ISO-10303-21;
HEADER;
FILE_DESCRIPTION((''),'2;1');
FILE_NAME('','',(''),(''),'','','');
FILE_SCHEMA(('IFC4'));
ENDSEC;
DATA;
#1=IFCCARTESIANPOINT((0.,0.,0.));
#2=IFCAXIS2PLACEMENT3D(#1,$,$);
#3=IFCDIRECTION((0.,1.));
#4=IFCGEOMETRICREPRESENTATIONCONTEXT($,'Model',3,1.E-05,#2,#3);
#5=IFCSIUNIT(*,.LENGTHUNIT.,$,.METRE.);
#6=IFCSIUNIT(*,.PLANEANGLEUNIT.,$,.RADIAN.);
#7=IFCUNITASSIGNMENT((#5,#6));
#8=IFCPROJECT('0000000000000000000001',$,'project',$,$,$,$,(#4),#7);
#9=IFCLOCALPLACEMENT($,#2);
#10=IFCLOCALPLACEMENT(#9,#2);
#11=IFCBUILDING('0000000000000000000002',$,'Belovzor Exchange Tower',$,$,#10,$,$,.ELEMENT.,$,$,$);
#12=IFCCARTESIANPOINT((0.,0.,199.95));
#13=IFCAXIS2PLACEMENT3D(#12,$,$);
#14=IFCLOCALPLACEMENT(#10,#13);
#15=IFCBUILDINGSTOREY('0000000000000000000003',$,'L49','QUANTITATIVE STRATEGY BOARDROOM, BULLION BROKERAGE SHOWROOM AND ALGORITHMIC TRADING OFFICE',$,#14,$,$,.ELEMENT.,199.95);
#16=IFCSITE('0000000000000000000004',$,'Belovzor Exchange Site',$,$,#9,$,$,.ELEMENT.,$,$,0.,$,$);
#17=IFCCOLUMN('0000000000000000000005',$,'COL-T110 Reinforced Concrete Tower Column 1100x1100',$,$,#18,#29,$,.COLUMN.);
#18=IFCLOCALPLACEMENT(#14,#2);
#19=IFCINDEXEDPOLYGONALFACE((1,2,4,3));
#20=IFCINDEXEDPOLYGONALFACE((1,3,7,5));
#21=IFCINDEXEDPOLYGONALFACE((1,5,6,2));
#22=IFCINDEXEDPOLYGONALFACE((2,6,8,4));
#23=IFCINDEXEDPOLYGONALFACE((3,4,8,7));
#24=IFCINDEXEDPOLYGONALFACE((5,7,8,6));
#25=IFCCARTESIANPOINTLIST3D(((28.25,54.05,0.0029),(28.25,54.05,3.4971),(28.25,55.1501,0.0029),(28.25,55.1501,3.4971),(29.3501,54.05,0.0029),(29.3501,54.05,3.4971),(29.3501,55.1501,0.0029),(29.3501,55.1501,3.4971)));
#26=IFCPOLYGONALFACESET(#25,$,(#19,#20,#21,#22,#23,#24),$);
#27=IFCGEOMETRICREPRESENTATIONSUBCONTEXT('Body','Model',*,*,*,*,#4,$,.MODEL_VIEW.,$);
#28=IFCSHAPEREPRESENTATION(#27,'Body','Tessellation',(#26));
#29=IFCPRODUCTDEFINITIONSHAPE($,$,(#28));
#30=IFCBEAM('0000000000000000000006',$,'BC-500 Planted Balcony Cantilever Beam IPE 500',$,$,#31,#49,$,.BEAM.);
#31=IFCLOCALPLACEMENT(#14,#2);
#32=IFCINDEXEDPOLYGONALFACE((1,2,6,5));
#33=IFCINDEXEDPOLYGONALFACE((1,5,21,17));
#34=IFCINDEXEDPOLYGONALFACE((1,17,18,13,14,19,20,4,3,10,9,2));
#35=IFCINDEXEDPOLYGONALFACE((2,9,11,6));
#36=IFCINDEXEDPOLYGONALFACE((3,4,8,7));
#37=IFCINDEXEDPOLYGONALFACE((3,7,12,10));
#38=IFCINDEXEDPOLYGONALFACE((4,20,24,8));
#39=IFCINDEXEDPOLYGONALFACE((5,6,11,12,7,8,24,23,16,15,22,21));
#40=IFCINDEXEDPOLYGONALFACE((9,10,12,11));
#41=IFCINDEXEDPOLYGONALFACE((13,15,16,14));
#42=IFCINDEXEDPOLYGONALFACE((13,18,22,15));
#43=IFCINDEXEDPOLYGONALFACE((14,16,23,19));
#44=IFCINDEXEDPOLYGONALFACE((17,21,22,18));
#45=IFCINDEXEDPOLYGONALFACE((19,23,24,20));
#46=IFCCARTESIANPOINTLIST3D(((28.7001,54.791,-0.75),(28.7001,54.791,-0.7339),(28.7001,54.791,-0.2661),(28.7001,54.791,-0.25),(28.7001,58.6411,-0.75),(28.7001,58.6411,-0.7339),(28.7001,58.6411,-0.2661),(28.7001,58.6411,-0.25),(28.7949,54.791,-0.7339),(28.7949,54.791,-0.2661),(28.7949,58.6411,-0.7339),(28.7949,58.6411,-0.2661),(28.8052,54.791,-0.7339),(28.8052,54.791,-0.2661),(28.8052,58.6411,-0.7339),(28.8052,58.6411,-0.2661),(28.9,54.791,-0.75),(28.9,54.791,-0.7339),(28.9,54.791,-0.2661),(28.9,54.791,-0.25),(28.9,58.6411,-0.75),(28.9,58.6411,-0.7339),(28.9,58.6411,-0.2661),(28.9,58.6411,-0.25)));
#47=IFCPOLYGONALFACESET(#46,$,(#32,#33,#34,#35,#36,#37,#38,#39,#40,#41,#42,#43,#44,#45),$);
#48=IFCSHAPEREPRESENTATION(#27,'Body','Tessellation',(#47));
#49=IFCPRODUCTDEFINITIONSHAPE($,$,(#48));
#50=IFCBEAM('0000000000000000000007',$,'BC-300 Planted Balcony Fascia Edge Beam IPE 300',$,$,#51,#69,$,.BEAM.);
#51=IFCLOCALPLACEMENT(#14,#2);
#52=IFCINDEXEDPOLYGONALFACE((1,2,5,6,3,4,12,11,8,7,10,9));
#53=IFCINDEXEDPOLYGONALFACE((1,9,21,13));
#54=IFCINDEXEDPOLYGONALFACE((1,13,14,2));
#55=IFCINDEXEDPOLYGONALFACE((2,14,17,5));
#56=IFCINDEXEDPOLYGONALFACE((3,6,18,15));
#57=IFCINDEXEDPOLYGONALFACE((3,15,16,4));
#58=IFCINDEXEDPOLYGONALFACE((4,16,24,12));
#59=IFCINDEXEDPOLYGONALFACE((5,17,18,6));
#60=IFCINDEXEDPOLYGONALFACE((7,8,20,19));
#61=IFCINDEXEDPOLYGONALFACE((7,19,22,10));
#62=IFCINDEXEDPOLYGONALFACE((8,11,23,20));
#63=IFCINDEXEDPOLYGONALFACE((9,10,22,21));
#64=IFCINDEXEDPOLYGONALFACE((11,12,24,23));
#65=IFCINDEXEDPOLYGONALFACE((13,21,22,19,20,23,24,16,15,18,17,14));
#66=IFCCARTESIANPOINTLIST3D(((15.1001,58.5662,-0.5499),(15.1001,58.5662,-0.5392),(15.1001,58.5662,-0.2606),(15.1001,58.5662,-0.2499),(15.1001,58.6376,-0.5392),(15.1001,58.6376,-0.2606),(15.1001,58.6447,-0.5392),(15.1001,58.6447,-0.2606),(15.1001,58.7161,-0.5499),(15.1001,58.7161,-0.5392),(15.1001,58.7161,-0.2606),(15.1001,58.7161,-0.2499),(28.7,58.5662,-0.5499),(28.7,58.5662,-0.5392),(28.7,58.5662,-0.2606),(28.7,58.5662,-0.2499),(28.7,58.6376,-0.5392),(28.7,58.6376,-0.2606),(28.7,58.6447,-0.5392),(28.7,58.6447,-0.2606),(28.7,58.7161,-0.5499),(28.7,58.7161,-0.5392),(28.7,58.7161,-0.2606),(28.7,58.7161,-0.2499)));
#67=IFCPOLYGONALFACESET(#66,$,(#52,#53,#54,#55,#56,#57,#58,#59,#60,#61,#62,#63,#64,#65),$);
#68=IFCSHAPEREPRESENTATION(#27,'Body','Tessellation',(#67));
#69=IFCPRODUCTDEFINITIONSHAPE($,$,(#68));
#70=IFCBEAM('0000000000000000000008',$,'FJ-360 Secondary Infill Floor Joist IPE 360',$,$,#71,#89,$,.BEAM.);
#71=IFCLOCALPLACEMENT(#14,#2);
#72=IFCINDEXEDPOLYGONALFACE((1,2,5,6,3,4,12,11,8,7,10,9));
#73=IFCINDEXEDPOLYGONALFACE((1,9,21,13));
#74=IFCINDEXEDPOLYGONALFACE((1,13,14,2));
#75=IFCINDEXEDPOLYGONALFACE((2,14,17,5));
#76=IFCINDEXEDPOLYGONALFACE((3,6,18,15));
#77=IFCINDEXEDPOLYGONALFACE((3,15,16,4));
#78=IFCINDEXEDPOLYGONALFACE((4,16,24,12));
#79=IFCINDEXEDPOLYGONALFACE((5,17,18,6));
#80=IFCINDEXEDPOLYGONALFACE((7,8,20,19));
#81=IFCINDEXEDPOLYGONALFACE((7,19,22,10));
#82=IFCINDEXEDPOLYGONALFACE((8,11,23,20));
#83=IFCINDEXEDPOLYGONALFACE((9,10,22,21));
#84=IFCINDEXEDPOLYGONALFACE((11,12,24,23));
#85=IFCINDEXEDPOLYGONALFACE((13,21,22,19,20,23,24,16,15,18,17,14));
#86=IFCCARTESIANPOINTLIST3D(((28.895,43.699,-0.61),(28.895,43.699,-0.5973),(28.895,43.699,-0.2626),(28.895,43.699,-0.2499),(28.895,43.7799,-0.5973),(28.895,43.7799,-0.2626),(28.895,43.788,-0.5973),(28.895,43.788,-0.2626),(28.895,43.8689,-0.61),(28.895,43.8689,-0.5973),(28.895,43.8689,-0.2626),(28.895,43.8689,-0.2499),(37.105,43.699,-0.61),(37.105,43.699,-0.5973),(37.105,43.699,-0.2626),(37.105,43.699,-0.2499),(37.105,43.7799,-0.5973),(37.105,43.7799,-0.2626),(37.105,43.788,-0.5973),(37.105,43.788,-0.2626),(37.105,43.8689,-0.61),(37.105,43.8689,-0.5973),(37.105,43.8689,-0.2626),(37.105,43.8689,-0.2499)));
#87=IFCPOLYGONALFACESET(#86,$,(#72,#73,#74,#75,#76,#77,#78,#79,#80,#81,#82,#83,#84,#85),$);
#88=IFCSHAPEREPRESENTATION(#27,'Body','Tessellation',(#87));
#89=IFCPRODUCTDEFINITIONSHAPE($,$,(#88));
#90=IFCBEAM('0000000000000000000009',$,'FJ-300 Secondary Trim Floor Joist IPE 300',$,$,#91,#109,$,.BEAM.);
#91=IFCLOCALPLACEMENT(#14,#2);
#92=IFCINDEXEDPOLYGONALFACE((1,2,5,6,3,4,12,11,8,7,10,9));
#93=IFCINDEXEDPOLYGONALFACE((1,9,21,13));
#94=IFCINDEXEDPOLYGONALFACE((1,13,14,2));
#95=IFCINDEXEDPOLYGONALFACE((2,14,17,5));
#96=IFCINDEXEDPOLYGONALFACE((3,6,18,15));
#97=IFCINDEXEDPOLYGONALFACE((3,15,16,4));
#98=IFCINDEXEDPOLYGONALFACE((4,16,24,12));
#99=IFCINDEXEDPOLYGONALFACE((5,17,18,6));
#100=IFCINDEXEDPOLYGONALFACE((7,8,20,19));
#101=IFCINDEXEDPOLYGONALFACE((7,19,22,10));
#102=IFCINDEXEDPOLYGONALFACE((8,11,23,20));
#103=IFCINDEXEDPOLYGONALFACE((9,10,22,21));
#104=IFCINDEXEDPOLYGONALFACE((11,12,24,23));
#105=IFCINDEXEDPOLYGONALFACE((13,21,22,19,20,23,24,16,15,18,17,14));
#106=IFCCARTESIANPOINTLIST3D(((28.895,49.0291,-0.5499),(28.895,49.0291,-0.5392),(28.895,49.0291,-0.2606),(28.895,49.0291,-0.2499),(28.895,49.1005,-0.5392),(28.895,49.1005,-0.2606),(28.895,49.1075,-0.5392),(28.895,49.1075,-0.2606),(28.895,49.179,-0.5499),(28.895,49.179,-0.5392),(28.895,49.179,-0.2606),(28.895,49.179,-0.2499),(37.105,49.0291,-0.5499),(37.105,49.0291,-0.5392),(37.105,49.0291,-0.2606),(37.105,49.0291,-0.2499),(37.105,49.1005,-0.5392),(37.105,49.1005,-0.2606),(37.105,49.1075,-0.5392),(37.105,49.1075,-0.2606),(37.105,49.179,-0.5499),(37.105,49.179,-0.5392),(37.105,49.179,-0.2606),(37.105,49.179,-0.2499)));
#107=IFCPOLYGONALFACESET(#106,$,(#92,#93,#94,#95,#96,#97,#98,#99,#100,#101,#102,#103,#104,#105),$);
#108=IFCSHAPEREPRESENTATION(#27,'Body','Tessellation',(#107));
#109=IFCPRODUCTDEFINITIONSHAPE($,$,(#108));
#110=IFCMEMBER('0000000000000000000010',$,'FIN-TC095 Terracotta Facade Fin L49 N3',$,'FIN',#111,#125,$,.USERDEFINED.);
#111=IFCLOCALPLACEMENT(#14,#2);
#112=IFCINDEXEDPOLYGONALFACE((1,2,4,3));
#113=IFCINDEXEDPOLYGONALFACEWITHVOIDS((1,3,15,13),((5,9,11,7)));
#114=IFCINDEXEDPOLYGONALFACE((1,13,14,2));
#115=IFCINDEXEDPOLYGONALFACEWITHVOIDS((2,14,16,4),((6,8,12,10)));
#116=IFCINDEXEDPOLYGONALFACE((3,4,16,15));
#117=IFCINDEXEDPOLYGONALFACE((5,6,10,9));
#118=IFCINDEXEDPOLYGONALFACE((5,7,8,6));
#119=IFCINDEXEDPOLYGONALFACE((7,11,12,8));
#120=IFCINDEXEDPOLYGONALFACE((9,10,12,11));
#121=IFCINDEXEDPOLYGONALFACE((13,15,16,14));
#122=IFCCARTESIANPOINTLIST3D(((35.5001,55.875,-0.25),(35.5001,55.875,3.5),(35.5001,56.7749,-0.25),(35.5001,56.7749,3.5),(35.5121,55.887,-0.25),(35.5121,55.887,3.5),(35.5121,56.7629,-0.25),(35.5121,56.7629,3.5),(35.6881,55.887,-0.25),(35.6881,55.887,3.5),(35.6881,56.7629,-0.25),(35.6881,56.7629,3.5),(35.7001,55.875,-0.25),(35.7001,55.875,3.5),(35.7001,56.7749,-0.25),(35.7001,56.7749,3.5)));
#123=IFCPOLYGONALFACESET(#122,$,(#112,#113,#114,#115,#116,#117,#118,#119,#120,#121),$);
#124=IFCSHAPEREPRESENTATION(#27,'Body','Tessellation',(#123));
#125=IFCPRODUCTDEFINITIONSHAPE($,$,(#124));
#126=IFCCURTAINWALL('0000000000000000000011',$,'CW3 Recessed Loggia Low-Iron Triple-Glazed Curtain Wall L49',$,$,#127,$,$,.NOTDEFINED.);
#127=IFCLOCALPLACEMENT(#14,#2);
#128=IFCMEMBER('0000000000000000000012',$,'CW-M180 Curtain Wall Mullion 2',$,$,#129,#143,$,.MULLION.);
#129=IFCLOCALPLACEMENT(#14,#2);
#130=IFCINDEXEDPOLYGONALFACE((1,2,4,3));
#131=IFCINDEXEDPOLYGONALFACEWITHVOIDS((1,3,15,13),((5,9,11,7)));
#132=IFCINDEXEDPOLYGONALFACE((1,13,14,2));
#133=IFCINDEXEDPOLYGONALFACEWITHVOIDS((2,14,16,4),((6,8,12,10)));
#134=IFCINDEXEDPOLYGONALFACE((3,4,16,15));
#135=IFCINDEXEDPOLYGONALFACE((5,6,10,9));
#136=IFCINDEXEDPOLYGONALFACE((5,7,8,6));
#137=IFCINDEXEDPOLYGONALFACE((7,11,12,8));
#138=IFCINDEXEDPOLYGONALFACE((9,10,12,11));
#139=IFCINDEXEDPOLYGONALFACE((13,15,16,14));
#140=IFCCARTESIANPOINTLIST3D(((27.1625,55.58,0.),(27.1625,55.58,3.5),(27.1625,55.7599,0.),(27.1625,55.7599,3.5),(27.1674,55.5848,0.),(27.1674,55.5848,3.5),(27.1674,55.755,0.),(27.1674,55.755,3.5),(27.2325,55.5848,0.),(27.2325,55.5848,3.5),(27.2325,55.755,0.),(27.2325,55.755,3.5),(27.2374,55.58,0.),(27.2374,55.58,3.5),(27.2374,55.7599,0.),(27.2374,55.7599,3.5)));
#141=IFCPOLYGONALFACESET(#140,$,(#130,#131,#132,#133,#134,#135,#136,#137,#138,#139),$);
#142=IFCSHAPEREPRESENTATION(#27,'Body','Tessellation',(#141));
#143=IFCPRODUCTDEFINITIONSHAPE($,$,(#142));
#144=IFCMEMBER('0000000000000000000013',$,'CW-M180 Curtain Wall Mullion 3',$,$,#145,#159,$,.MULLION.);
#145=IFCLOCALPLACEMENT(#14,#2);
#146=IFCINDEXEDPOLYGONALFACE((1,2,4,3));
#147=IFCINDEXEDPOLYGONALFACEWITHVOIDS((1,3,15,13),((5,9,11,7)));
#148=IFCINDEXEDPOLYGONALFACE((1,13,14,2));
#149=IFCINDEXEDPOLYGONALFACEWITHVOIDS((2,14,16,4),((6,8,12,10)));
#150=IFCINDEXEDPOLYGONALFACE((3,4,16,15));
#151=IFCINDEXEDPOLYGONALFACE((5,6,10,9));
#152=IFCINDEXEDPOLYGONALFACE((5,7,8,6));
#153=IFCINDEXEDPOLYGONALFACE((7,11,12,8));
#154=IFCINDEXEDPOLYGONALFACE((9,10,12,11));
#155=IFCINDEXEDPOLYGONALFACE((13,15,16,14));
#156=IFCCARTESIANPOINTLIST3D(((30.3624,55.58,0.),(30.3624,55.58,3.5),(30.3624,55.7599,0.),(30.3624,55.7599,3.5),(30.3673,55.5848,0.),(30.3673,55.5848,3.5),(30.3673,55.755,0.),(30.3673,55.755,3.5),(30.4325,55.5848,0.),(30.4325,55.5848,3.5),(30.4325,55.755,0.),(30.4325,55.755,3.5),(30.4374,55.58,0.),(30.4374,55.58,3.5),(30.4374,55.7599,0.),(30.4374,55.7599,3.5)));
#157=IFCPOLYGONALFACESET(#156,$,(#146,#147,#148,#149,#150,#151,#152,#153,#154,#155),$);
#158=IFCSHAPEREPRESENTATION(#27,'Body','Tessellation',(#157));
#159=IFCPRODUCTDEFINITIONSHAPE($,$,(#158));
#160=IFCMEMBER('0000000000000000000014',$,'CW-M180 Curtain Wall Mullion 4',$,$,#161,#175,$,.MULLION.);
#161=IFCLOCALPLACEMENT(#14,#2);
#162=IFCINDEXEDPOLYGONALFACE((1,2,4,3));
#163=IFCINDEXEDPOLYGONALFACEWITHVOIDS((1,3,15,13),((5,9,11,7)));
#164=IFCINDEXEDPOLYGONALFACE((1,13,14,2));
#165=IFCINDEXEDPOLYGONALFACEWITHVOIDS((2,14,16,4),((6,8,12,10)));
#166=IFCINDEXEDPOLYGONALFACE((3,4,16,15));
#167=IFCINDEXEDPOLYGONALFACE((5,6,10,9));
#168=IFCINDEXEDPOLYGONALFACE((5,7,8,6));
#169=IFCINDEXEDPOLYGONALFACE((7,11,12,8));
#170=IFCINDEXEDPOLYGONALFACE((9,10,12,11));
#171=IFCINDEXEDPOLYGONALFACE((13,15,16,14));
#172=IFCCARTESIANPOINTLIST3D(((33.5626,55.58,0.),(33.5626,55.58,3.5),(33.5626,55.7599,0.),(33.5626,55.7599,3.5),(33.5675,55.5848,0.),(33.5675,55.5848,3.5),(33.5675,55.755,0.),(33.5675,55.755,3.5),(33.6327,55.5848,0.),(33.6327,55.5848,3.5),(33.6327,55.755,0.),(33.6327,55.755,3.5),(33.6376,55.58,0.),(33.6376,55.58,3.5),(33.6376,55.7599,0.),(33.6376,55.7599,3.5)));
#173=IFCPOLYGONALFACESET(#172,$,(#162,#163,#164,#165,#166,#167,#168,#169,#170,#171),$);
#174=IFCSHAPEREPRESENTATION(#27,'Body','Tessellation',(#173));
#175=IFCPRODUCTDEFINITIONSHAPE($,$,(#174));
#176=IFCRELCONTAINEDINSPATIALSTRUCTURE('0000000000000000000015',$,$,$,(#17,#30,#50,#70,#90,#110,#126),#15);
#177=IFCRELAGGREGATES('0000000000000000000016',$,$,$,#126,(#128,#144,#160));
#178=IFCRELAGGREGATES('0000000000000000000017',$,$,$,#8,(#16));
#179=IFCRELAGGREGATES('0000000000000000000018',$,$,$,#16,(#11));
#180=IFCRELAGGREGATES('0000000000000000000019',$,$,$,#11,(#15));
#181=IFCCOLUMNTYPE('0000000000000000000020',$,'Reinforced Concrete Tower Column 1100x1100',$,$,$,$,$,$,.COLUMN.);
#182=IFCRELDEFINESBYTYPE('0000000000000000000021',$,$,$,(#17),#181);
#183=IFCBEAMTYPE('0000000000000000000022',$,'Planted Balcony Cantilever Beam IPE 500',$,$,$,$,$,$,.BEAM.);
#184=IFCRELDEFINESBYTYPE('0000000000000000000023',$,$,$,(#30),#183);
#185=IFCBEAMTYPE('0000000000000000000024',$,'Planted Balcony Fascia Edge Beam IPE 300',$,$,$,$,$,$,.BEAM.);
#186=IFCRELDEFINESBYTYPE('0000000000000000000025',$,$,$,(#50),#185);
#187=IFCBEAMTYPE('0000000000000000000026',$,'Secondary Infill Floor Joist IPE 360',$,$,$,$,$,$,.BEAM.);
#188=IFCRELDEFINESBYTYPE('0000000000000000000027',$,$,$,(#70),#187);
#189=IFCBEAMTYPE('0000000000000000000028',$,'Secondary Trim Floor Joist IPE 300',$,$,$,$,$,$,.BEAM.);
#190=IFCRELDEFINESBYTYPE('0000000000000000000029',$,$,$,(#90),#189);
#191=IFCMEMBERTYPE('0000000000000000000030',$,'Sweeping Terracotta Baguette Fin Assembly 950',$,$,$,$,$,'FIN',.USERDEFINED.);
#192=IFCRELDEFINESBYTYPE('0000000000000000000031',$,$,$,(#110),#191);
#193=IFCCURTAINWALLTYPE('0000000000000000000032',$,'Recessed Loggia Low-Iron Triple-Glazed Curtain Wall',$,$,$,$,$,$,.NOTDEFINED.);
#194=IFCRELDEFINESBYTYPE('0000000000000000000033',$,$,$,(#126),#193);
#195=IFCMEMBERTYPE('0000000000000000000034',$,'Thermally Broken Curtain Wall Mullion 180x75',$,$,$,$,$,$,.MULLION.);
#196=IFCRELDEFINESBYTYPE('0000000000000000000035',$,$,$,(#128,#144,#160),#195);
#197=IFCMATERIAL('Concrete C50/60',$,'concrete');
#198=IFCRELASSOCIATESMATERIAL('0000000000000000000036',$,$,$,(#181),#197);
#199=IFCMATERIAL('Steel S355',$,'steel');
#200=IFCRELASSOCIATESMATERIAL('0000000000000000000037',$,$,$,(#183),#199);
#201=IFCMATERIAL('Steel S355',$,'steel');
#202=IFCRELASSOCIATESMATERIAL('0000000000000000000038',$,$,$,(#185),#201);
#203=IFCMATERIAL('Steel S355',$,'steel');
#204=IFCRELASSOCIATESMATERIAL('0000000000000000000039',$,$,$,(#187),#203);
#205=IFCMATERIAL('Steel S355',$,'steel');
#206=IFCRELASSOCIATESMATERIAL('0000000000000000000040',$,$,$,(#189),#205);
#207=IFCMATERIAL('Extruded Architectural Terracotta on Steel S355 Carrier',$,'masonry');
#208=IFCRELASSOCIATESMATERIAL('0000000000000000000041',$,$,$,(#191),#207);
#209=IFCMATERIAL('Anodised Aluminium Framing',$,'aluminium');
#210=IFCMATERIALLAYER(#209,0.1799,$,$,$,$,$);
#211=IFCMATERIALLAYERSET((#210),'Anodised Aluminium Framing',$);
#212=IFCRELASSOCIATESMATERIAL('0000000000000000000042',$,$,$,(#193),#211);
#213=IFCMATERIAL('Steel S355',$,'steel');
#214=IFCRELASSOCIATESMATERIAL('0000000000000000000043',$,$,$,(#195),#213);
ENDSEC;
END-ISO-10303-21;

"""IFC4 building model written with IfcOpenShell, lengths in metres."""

from ifc_helpers import new_model, si_unit, direction, frame, origin, origin_2d, place, context, subcontext, project, spatial, rectangle, hollow_rectangle, i_section, extrude, material, layer, layer_set, material_profile, profile_set, type_object, element, aggregate, save


model = new_model("IFC4")

# Units and contexts
model_context = context("Model", 3, precision=1e-05, world=origin(), true_north=direction((0.0, 1.0)))
body_context = subcontext(model_context, "Body", "Model", "MODEL_VIEW")
ifc_project = project(units=[si_unit("LENGTHUNIT", "METRE"), si_unit("PLANEANGLEUNIT", "RADIAN")], contexts=[model_context])

# Site, building, storey
site_placement = place(None, origin())
site = spatial("IfcSite", under=ifc_project, at=site_placement, Name="Belovzor Exchange Site", CompositionType="ELEMENT", RefElevation=0.0)
building_placement = place(site_placement, origin())
building = spatial("IfcBuilding", under=site, at=building_placement, Name="Belovzor Exchange Tower", CompositionType="ELEMENT")
storey_placement = place(building_placement, frame((0.0, 0.0, 199.95)))
storey = spatial("IfcBuildingStorey", under=building, at=storey_placement, Name="L49", Description="QUANTITATIVE STRATEGY BOARDROOM, BULLION BROKERAGE SHOWROOM AND ALGORITHMIC TRADING OFFICE", CompositionType="ELEMENT", Elevation=199.95)

# Column
ifc_material_1 = material(Name="Concrete C50/60", Category="concrete")
ifc_material_profile_1 = material_profile(ifc_material_1, rectangle(XDim=1.1001, YDim=1.1001, at=origin_2d()))
ifc_profile_set_1 = profile_set([ifc_material_profile_1], Name="Concrete C50/60")
column_type = type_object("IfcColumnType", Name="Reinforced Concrete Tower Column 1100x1100", PredefinedType="COLUMN", material=ifc_profile_set_1)
column_placement = place(storey_placement, frame((28.8, 54.6001, 0.0029), z_axis=(0.0, 0.0, 1.0), x_axis=(1.0, 0.0, 0.0)))
element("IfcColumn", 1, at=column_placement, inside=storey, type_object=column_type, Name="COL-T110 Reinforced Concrete Tower Column 1100x1100", PredefinedType="COLUMN", context=body_context, shape_type="SweptSolid", body=[
    extrude(rectangle(XDim=1.1001, YDim=1.1001, at=origin_2d()), origin(), (0.0, 0.0, 1.0), 3.4941),
])

# Beams
ifc_material_2 = material(Name="Steel S355", Category="steel")
ifc_material_profile_2 = material_profile(ifc_material_2, i_section(OverallWidth=0.2, OverallDepth=0.5, WebThickness=0.0103, FlangeThickness=0.0161, at=origin_2d()))
ifc_profile_set_2 = profile_set([ifc_material_profile_2], Name="Steel S355")
beam_type_1 = type_object("IfcBeamType", Name="Planted Balcony Cantilever Beam IPE 500", PredefinedType="BEAM", material=ifc_profile_set_2)
beam_1_placement = place(storey_placement, frame((28.8, 54.791, -0.5), z_axis=(0.0, 1.0, 0.0), x_axis=(-1.0, 0.0, 0.0)))
element("IfcBeam", 2, at=beam_1_placement, inside=storey, type_object=beam_type_1, Name="BC-500 Planted Balcony Cantilever Beam IPE 500", PredefinedType="BEAM", context=body_context, shape_type="SweptSolid", body=[
    extrude(i_section(OverallWidth=0.2, OverallDepth=0.5, WebThickness=0.0103, FlangeThickness=0.0161, at=origin_2d()), origin(), (0.0, 0.0, 1.0), 3.8501),
])
ifc_material_3 = material(Name="Steel S355", Category="steel")
ifc_material_profile_3 = material_profile(ifc_material_3, i_section(OverallWidth=0.1499, OverallDepth=0.3, WebThickness=0.0071, FlangeThickness=0.0107, at=origin_2d()))
ifc_profile_set_3 = profile_set([ifc_material_profile_3], Name="Steel S355")
beam_type_2 = type_object("IfcBeamType", Name="Planted Balcony Fascia Edge Beam IPE 300", PredefinedType="BEAM", material=ifc_profile_set_3)
beam_2_placement = place(storey_placement, frame((28.7, 58.6411, -0.3999), z_axis=(-1.0, 0.0, 0.0), x_axis=(0.0, -1.0, 0.0)))
element("IfcBeam", 3, at=beam_2_placement, inside=storey, type_object=beam_type_2, Name="BC-300 Planted Balcony Fascia Edge Beam IPE 300", PredefinedType="BEAM", context=body_context, shape_type="SweptSolid", body=[
    extrude(i_section(OverallWidth=0.1499, OverallDepth=0.3, WebThickness=0.0071, FlangeThickness=0.0107, at=origin_2d()), origin(), (0.0, 0.0, 1.0), 13.5999),
])
ifc_material_4 = material(Name="Steel S355", Category="steel")
ifc_material_profile_4 = material_profile(ifc_material_4, i_section(OverallWidth=0.1699, OverallDepth=0.3601, WebThickness=0.0081, FlangeThickness=0.0127, at=origin_2d()))
ifc_profile_set_4 = profile_set([ifc_material_profile_4], Name="Steel S355")
beam_type_3 = type_object("IfcBeamType", Name="Secondary Infill Floor Joist IPE 360", PredefinedType="BEAM", material=ifc_profile_set_4)
beam_3_placement = place(storey_placement, frame((28.895, 43.7839, -0.4299), z_axis=(1.0, 0.0, 0.0), x_axis=(0.0, 1.0, 0.0)))
element("IfcBeam", 4, at=beam_3_placement, inside=storey, type_object=beam_type_3, Name="FJ-360 Secondary Infill Floor Joist IPE 360", PredefinedType="BEAM", context=body_context, shape_type="SweptSolid", body=[
    extrude(i_section(OverallWidth=0.1699, OverallDepth=0.3601, WebThickness=0.0081, FlangeThickness=0.0127, at=origin_2d()), origin(), (0.0, 0.0, 1.0), 8.21),
])
ifc_material_5 = material(Name="Steel S355", Category="steel")
ifc_material_profile_5 = material_profile(ifc_material_5, i_section(OverallWidth=0.1499, OverallDepth=0.3, WebThickness=0.0071, FlangeThickness=0.0107, at=origin_2d()))
ifc_profile_set_5 = profile_set([ifc_material_profile_5], Name="Steel S355")
beam_type_4 = type_object("IfcBeamType", Name="Secondary Trim Floor Joist IPE 300", PredefinedType="BEAM", material=ifc_profile_set_5)
beam_4_placement = place(storey_placement, frame((28.895, 49.104, -0.3999), z_axis=(1.0, 0.0, 0.0), x_axis=(0.0, 1.0, 0.0)))
element("IfcBeam", 5, at=beam_4_placement, inside=storey, type_object=beam_type_4, Name="FJ-300 Secondary Trim Floor Joist IPE 300", PredefinedType="BEAM", context=body_context, shape_type="SweptSolid", body=[
    extrude(i_section(OverallWidth=0.1499, OverallDepth=0.3, WebThickness=0.0071, FlangeThickness=0.0107, at=origin_2d()), origin(), (0.0, 0.0, 1.0), 8.21),
])

# Member
ifc_material_6 = material(Name="Extruded Architectural Terracotta on Steel S355 Carrier", Category="masonry")
ifc_material_profile_6 = material_profile(ifc_material_6, hollow_rectangle(XDim=0.2, YDim=0.8999, WallThickness=0.012, at=origin_2d()))
ifc_profile_set_6 = profile_set([ifc_material_profile_6], Name="Extruded Architectural Terracotta on Steel S355 Carrier")
member_type_1 = type_object("IfcMemberType", Name="Sweeping Terracotta Baguette Fin Assembly 950", ElementType="FIN", PredefinedType="USERDEFINED", material=ifc_profile_set_6)
member_1_placement = place(storey_placement, frame((35.6001, 56.325, -0.25), z_axis=(0.0, 0.0, 1.0), x_axis=(1.0, 0.0, 0.0)))
element("IfcMember", 6, at=member_1_placement, inside=storey, type_object=member_type_1, Name="FIN-TC095 Terracotta Facade Fin L49 N3", ObjectType="FIN", PredefinedType="USERDEFINED", context=body_context, shape_type="SweptSolid", body=[
    extrude(hollow_rectangle(XDim=0.2, YDim=0.8999, WallThickness=0.012, at=origin_2d()), origin(), (0.0, 0.0, 1.0), 3.75),
])

# Curtain wall, members
ifc_material_7 = material(Name="Anodised Aluminium Framing", Category="aluminium")
ifc_layer_1 = layer(ifc_material_7, 0.1799)
ifc_layer_set_1 = layer_set([ifc_layer_1], Name="Anodised Aluminium Framing")
curtain_wall_type = type_object("IfcCurtainWallType", Name="Recessed Loggia Low-Iron Triple-Glazed Curtain Wall", PredefinedType="NOTDEFINED", material=ifc_layer_set_1)
curtain_wall_placement = place(storey_placement, origin())
curtain_wall = element("IfcCurtainWall", 7, at=curtain_wall_placement, inside=storey, type_object=curtain_wall_type, Name="CW3 Recessed Loggia Low-Iron Triple-Glazed Curtain Wall L49", PredefinedType="NOTDEFINED")
ifc_material_8 = material(Name="Steel S355", Category="steel")
ifc_material_profile_7 = material_profile(ifc_material_8, hollow_rectangle(XDim=0.075, YDim=0.1799, WallThickness=0.0049, at=origin_2d()))
ifc_profile_set_7 = profile_set([ifc_material_profile_7], Name="Steel S355")
member_type_2 = type_object("IfcMemberType", Name="Thermally Broken Curtain Wall Mullion 180x75", PredefinedType="MULLION", material=ifc_profile_set_7)
member_2_placement = place(storey_placement, frame((27.2, 55.6699, 0.0), z_axis=(0.0, 0.0, 1.0), x_axis=(1.0, 0.0, 0.0)))
member_2 = element("IfcMember", 8, at=member_2_placement, type_object=member_type_2, Name="CW-M180 Curtain Wall Mullion 2", PredefinedType="MULLION", context=body_context, shape_type="SweptSolid", body=[
    extrude(hollow_rectangle(XDim=0.075, YDim=0.1799, WallThickness=0.0049, at=origin_2d()), origin(), (0.0, 0.0, 1.0), 3.5),
])
member_3_placement = place(storey_placement, frame((30.3999, 55.6699, 0.0), z_axis=(0.0, 0.0, 1.0), x_axis=(1.0, 0.0, 0.0)))
member_3 = element("IfcMember", 9, at=member_3_placement, type_object=member_type_2, Name="CW-M180 Curtain Wall Mullion 3", PredefinedType="MULLION", context=body_context, shape_type="SweptSolid", body=[
    extrude(hollow_rectangle(XDim=0.075, YDim=0.1799, WallThickness=0.0049, at=origin_2d()), origin(), (0.0, 0.0, 1.0), 3.5),
])
member_4_placement = place(storey_placement, frame((33.6001, 55.6699, 0.0), z_axis=(0.0, 0.0, 1.0), x_axis=(1.0, 0.0, 0.0)))
member_4 = element("IfcMember", 10, at=member_4_placement, type_object=member_type_2, Name="CW-M180 Curtain Wall Mullion 4", PredefinedType="MULLION", context=body_context, shape_type="SweptSolid", body=[
    extrude(hollow_rectangle(XDim=0.075, YDim=0.1799, WallThickness=0.0049, at=origin_2d()), origin(), (0.0, 0.0, 1.0), 3.5),
])

aggregate(curtain_wall, [member_2, member_3, member_4])

save(model, "model.ifc")
